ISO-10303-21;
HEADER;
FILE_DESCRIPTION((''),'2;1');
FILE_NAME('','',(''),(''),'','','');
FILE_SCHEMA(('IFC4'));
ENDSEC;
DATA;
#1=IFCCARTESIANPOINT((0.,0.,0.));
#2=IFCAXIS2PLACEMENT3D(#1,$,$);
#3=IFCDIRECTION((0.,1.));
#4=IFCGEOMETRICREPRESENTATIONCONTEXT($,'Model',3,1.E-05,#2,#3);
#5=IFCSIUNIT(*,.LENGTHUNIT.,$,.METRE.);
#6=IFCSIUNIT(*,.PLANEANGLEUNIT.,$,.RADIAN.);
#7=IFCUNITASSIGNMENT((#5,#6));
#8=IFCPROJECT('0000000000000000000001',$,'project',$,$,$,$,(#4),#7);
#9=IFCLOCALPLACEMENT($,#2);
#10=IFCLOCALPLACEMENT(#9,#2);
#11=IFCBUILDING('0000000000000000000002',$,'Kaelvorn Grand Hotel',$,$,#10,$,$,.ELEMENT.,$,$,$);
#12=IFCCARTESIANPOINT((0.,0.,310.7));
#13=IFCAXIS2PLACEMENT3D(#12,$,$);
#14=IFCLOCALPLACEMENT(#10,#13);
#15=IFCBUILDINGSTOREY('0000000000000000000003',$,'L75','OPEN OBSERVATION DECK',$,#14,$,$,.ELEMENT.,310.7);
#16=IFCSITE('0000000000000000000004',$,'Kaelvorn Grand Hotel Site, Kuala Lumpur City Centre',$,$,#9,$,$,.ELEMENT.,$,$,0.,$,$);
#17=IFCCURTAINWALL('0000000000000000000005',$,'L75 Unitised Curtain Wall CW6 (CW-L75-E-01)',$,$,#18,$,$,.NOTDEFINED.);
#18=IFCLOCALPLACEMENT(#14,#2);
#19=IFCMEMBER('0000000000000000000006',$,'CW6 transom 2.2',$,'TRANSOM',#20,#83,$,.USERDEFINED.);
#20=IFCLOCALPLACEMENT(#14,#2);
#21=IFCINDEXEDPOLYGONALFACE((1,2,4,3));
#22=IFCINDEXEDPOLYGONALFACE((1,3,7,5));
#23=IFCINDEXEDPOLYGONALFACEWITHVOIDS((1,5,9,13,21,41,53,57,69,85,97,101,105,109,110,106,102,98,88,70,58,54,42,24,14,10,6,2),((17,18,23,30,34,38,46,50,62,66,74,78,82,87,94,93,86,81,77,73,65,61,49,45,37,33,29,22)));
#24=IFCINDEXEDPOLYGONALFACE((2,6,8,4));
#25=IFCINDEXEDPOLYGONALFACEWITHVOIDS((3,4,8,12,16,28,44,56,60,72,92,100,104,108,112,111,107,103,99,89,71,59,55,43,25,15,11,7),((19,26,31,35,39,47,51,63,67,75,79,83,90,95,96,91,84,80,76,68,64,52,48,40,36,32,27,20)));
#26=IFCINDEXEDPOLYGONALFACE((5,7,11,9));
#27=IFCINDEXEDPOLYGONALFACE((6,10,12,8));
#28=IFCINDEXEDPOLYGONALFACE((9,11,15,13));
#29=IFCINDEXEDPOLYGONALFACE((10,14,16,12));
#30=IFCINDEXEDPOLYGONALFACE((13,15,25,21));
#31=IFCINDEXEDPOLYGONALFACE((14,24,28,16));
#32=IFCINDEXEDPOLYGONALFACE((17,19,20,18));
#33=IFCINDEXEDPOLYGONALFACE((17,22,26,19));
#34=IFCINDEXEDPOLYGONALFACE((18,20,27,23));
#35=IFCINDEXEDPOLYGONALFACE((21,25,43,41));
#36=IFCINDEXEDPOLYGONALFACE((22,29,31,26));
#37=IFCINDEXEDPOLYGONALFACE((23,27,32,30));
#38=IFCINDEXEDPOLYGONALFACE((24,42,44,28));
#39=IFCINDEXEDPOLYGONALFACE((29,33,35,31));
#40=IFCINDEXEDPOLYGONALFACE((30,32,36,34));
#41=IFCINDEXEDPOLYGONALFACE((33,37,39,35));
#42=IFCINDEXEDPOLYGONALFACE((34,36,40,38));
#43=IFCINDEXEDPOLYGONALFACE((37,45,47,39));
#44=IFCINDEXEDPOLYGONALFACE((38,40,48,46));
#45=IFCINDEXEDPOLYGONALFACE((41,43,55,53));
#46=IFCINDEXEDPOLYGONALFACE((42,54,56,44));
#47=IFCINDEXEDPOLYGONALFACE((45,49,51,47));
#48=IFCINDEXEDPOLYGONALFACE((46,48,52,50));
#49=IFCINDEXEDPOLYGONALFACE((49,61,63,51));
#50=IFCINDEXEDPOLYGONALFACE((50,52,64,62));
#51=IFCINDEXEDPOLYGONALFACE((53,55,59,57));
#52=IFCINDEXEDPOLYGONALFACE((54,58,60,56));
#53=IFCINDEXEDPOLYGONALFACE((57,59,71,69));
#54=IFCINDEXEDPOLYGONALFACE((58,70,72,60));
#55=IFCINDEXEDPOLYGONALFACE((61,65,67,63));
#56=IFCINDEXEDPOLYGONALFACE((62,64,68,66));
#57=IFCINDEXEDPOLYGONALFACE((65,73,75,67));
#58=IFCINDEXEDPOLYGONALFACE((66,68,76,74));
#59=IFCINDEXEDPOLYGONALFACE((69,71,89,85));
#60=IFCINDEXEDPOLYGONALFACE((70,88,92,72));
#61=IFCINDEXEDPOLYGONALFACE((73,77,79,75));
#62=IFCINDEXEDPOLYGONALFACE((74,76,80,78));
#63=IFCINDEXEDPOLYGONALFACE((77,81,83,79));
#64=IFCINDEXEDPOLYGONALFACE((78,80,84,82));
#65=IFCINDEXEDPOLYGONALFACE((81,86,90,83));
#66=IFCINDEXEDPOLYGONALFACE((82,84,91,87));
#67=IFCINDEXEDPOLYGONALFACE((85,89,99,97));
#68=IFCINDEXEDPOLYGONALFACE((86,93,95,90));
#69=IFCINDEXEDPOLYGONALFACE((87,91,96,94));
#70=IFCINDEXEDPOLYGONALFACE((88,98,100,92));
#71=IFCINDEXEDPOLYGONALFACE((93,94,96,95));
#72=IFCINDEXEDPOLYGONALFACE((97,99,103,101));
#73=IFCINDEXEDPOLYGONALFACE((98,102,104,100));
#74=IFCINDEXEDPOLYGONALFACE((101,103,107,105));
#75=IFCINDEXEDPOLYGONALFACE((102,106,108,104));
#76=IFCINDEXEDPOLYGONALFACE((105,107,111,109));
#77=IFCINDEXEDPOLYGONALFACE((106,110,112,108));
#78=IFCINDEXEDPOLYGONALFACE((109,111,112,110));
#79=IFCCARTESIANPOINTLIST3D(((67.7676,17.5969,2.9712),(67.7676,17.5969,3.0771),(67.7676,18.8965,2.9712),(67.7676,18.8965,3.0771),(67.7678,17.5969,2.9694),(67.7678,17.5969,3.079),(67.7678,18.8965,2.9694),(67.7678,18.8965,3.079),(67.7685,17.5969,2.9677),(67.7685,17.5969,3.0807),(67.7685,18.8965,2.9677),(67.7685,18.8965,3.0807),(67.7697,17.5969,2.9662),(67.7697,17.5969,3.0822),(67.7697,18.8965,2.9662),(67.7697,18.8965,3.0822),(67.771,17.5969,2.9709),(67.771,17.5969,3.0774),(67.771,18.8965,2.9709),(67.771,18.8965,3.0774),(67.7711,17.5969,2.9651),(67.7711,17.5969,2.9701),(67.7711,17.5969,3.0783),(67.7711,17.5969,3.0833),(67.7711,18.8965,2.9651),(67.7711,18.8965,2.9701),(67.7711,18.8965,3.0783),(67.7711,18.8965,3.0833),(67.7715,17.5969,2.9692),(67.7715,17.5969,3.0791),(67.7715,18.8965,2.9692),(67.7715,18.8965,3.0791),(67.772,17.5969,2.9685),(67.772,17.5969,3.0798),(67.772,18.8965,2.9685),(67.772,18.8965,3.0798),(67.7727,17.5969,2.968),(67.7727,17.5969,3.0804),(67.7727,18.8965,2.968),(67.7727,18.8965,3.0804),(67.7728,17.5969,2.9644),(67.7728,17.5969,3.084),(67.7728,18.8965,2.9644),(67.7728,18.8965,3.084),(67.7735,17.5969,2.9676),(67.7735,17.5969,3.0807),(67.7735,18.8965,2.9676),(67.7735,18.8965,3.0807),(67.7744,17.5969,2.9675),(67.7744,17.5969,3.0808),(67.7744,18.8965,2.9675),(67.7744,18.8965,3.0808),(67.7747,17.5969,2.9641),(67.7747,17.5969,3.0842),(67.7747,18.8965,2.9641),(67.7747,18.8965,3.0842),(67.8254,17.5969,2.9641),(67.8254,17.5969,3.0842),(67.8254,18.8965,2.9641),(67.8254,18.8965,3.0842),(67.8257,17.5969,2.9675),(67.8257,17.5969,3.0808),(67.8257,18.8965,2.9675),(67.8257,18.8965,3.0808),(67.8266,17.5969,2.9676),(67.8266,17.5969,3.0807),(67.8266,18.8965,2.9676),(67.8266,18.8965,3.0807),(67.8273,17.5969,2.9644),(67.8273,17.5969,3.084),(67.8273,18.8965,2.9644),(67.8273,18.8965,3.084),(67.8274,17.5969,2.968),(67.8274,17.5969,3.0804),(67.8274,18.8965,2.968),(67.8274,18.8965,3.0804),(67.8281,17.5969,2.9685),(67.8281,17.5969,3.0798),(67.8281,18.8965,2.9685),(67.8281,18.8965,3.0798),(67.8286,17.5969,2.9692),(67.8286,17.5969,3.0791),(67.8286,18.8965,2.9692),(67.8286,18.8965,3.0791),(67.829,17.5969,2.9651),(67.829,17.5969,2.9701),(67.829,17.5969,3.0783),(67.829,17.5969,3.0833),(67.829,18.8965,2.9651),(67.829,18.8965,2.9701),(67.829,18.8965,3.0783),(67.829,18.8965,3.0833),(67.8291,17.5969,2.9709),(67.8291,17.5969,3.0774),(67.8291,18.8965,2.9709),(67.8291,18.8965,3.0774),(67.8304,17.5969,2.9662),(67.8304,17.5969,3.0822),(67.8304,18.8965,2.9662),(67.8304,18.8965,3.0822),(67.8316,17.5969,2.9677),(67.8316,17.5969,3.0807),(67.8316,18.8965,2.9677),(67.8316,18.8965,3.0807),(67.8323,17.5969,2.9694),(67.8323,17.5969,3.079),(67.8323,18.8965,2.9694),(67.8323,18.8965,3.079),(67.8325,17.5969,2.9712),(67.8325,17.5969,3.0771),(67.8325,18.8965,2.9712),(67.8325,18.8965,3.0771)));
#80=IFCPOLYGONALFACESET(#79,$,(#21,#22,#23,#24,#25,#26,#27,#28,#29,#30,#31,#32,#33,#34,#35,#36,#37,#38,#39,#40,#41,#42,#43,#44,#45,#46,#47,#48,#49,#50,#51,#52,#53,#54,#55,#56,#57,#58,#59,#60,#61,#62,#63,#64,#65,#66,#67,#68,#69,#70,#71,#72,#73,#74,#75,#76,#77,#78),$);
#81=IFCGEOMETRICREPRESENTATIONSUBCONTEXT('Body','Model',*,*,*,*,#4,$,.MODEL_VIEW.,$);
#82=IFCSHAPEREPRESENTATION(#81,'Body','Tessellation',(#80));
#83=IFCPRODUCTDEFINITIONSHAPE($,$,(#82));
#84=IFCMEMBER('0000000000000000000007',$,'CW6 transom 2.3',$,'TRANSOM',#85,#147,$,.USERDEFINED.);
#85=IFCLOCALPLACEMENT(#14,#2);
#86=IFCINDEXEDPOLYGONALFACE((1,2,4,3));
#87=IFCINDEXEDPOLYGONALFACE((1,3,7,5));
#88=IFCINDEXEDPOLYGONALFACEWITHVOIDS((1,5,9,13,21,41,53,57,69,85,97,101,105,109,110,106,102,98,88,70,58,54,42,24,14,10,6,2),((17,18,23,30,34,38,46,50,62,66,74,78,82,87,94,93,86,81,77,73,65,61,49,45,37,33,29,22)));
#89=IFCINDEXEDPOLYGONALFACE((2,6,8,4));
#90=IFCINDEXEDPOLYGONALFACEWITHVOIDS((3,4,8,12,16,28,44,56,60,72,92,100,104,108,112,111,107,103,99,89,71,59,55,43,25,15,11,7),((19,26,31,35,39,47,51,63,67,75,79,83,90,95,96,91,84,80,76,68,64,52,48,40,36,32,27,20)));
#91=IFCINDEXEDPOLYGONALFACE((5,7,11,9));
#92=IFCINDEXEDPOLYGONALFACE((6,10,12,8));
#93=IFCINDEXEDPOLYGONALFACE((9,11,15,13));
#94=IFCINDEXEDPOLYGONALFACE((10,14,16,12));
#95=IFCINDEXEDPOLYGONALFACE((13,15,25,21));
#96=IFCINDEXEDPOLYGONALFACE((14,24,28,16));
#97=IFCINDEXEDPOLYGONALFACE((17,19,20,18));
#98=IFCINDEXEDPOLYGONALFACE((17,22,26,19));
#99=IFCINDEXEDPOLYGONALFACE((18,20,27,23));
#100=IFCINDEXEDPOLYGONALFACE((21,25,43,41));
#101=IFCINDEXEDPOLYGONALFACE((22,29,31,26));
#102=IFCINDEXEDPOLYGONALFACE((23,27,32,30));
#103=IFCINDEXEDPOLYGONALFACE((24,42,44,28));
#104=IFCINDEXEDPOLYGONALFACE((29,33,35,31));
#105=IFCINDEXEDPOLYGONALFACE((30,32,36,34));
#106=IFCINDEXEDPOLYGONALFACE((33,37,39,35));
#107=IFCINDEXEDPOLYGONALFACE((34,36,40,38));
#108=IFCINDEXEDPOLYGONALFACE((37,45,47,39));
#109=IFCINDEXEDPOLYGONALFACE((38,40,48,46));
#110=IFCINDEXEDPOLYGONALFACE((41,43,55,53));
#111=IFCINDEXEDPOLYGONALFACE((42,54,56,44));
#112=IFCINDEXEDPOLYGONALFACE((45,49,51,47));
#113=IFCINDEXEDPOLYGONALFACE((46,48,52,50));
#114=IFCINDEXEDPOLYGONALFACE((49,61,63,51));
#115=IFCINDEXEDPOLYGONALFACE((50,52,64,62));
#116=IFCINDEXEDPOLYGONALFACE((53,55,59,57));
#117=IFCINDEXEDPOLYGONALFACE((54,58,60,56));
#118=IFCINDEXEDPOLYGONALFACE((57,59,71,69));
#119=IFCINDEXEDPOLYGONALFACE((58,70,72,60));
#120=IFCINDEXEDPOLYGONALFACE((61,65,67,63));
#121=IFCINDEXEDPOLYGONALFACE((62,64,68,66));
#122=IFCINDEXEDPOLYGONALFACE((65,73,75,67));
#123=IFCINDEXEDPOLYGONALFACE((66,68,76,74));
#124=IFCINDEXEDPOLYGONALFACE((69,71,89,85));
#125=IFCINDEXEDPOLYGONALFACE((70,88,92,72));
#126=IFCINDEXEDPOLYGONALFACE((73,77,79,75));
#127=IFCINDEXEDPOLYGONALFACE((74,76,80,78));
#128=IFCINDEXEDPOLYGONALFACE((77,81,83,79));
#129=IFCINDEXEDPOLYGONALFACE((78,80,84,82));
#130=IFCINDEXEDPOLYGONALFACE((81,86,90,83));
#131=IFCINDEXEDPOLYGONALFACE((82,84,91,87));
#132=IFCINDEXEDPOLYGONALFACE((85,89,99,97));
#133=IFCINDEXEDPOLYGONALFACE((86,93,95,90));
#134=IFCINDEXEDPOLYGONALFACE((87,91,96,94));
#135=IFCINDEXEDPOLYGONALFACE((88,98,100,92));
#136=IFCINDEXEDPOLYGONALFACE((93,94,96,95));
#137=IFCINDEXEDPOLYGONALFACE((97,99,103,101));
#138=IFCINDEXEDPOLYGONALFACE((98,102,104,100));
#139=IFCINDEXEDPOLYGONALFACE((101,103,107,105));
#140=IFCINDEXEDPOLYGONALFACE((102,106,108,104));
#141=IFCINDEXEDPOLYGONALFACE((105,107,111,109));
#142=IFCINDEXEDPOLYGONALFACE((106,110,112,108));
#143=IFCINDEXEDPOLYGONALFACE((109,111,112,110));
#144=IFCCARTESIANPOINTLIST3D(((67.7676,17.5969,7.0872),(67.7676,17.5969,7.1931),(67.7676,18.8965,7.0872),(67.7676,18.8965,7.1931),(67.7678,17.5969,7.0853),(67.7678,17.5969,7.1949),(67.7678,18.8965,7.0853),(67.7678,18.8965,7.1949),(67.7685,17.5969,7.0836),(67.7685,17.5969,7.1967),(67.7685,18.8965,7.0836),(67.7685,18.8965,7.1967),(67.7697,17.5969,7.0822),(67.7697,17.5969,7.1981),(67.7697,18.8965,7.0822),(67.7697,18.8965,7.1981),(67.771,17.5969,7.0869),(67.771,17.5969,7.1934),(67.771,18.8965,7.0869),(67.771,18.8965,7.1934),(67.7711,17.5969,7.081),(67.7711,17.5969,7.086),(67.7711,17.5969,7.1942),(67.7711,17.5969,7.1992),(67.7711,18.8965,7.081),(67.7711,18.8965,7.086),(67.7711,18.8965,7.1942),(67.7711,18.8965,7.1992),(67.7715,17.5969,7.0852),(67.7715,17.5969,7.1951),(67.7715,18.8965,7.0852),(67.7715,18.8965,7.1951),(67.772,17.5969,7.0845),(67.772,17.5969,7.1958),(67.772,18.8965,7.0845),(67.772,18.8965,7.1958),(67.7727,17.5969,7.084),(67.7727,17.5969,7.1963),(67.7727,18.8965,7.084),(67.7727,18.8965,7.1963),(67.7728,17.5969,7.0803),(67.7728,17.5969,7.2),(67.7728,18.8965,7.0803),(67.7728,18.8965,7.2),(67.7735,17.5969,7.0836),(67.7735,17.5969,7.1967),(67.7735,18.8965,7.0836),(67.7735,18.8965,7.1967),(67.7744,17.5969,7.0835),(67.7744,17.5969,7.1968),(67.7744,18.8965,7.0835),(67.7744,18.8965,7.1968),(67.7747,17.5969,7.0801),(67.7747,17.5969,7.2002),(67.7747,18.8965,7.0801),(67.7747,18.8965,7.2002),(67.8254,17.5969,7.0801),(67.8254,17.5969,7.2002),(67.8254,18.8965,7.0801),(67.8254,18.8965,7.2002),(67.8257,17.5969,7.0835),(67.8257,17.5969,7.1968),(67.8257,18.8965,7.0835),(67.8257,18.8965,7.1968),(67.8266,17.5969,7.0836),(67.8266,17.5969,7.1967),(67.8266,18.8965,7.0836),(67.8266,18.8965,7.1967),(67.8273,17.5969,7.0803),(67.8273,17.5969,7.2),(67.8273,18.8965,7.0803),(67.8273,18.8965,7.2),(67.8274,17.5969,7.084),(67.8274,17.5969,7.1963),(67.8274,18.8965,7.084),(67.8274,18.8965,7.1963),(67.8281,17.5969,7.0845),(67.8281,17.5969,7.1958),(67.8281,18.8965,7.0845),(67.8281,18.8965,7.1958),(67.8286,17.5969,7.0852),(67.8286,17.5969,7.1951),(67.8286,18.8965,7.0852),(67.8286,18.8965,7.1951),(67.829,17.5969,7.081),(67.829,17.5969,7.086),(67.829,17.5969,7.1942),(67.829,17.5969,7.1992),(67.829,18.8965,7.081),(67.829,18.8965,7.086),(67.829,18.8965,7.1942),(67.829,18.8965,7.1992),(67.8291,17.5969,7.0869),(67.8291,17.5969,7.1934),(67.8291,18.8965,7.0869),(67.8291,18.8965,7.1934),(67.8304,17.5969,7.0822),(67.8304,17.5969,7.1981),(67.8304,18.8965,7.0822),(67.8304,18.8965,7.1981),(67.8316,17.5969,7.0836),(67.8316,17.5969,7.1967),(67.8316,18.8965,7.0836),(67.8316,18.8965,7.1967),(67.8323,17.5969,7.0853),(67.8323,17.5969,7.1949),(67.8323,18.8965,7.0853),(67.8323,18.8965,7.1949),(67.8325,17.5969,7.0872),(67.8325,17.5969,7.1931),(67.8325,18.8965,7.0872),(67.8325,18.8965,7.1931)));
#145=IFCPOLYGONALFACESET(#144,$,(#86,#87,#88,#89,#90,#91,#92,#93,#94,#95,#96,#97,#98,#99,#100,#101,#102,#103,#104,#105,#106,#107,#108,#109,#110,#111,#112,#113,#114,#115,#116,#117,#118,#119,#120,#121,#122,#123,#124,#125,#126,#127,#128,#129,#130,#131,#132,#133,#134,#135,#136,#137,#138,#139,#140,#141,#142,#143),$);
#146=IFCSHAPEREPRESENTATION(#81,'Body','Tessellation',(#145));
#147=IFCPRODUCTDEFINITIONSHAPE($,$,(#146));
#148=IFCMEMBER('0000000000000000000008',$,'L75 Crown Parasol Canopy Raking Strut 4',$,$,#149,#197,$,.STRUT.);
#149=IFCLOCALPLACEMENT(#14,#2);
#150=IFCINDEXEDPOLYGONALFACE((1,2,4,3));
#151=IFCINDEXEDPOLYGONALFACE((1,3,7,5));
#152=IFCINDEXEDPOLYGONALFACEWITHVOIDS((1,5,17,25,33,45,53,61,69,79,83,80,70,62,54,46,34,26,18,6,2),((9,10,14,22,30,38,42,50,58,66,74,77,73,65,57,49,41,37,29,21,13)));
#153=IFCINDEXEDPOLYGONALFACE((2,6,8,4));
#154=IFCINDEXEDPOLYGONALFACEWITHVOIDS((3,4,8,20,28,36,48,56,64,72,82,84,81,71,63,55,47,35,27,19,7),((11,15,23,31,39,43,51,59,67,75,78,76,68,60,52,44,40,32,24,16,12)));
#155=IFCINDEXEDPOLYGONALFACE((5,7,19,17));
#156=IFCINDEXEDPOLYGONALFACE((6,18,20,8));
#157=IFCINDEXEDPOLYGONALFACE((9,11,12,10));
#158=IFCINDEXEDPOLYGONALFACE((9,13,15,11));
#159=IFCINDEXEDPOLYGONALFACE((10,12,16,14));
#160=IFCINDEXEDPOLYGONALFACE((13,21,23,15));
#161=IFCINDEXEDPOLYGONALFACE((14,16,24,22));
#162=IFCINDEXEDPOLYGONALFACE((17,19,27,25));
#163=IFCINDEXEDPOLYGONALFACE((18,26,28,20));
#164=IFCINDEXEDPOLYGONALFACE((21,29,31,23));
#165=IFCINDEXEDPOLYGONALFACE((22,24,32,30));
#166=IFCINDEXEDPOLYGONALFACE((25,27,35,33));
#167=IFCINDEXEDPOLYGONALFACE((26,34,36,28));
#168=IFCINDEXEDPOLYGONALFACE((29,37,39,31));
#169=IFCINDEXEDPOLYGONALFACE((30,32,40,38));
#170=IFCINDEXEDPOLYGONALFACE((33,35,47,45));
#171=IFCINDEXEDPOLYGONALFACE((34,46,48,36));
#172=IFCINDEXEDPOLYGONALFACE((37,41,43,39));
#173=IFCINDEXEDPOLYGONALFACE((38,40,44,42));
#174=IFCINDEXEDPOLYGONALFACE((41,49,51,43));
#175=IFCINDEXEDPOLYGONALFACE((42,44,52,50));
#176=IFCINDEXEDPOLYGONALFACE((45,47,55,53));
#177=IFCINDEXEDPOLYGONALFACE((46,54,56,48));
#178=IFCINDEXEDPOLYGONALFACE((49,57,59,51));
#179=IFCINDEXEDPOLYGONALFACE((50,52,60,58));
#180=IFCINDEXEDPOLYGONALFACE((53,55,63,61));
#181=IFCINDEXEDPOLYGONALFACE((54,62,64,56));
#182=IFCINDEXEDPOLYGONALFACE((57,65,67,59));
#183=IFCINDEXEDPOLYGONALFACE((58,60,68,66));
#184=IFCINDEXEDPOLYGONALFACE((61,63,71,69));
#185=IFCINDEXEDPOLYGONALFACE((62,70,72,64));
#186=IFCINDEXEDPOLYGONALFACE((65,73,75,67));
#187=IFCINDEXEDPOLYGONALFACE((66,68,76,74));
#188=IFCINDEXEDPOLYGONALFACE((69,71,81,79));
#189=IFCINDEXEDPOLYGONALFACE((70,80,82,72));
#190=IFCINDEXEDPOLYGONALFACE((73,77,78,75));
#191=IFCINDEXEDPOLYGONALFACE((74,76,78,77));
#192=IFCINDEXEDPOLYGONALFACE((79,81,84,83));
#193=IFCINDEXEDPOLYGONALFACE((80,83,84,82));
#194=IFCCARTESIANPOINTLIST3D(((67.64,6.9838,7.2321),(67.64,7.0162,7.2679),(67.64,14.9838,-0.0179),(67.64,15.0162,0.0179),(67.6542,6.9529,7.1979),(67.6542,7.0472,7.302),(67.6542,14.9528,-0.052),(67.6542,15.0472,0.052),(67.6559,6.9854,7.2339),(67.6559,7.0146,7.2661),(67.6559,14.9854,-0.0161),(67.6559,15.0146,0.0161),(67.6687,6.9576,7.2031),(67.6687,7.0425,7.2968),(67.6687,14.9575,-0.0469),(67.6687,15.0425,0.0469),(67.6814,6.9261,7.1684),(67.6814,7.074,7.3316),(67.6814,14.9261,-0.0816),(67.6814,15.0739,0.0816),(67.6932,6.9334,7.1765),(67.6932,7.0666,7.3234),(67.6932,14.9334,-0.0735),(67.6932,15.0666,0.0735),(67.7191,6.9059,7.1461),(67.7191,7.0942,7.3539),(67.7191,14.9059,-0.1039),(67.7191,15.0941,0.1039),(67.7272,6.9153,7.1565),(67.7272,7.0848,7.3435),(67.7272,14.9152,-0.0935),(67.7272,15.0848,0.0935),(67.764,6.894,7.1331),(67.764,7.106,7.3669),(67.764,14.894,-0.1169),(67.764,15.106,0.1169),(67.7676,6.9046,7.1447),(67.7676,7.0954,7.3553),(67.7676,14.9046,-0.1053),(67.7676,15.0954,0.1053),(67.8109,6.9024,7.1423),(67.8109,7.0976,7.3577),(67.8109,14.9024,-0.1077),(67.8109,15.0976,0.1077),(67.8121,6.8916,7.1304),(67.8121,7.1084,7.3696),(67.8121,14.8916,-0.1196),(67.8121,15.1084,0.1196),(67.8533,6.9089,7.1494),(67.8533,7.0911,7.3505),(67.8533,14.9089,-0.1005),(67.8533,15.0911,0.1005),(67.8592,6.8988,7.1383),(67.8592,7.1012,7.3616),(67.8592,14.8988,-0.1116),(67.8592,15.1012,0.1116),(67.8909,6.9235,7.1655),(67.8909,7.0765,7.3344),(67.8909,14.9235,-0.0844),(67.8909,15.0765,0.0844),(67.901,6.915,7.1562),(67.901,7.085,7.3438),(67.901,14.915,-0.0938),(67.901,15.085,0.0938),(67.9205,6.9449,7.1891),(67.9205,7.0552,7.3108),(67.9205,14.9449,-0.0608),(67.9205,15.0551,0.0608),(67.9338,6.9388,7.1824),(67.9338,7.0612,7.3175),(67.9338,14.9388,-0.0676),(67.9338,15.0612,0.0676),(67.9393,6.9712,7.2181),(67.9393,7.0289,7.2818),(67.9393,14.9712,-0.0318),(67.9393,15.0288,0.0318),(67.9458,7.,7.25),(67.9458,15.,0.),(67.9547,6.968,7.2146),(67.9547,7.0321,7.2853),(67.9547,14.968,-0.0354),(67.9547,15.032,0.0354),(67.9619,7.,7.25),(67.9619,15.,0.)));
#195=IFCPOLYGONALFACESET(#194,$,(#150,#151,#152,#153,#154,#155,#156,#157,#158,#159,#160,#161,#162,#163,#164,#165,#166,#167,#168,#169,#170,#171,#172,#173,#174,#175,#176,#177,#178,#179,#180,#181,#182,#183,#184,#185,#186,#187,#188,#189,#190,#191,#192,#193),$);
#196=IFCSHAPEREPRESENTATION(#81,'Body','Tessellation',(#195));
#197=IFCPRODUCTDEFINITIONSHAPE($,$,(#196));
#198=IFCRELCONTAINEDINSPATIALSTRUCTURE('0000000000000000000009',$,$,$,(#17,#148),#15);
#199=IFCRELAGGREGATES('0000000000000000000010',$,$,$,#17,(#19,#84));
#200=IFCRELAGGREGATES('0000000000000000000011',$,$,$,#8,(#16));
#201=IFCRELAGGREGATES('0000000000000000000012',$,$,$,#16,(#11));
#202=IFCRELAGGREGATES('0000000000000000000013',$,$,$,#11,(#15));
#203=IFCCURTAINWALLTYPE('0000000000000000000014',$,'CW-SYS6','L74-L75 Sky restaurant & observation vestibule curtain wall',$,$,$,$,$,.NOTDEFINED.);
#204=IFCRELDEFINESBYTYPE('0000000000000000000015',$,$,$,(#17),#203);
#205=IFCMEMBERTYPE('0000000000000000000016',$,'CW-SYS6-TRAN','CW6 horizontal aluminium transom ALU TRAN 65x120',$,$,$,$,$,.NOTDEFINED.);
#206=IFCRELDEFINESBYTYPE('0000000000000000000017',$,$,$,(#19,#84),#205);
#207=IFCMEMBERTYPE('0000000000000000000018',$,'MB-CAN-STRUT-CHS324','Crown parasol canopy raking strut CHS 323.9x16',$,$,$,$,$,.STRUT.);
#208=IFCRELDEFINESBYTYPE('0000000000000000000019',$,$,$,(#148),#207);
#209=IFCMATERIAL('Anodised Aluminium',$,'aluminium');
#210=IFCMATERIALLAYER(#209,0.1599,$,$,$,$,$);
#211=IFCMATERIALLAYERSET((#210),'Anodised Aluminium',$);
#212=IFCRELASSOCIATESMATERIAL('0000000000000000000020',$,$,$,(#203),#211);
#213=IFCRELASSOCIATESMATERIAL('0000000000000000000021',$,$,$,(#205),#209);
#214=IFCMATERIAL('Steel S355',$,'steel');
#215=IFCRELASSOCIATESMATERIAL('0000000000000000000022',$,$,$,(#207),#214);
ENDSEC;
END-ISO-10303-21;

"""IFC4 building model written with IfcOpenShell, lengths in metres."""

from ifc_helpers import new_model, si_unit, direction, frame, origin, origin_2d, place, context, subcontext, project, spatial, hollow_rectangle, hollow_circle, extrude, material, layer, layer_set, material_profile, profile_set, type_object, element, aggregate, save


model = new_model("IFC4")

# Units and contexts
model_context = context("Model", 3, precision=1e-05, world=origin(), true_north=direction((0.0, 1.0)))
body_context = subcontext(model_context, "Body", "Model", "MODEL_VIEW")
ifc_project = project(units=[si_unit("LENGTHUNIT", "METRE"), si_unit("PLANEANGLEUNIT", "RADIAN")], contexts=[model_context])

# Site, building, storey
site_placement = place(None, origin())
site = spatial("IfcSite", under=ifc_project, at=site_placement, Name="Kaelvorn Grand Hotel Site, Kuala Lumpur City Centre", CompositionType="ELEMENT", RefElevation=0.0)
building_placement = place(site_placement, origin())
building = spatial("IfcBuilding", under=site, at=building_placement, Name="Kaelvorn Grand Hotel", CompositionType="ELEMENT")
storey_placement = place(building_placement, frame((0.0, 0.0, 310.7)))
storey = spatial("IfcBuildingStorey", under=building, at=storey_placement, Name="L75", Description="OPEN OBSERVATION DECK", CompositionType="ELEMENT", Elevation=310.7)

# Shared definitions
ifc_material_1 = material(Name="Steel S355", Category="steel")

# Curtain wall, members
ifc_material_2 = material(Name="Anodised Aluminium", Category="aluminium")
ifc_layer_1 = layer(ifc_material_2, 0.1599)
ifc_layer_set_1 = layer_set([ifc_layer_1], Name="Anodised Aluminium")
curtain_wall_type = type_object("IfcCurtainWallType", Name="CW-SYS6", Description="L74-L75 Sky restaurant & observation vestibule curtain wall", PredefinedType="NOTDEFINED", material=ifc_layer_set_1)
curtain_wall_placement = place(storey_placement, origin())
curtain_wall = element("IfcCurtainWall", 1, at=curtain_wall_placement, inside=storey, type_object=curtain_wall_type, Name="L75 Unitised Curtain Wall CW6 (CW-L75-E-01)", PredefinedType="NOTDEFINED")
ifc_material_profile_1 = material_profile(ifc_material_2, hollow_rectangle(XDim=0.0649, YDim=0.1201, WallThickness=0.0034, InnerFilletRadius=0.0034, OuterFilletRadius=0.0071, at=origin_2d()), Name="ALU TRAN 65x120")
ifc_profile_set_1 = profile_set([ifc_material_profile_1], Name="Anodised Aluminium")
member_type_1 = type_object("IfcMemberType", Name="CW-SYS6-TRAN", Description="CW6 horizontal aluminium transom ALU TRAN 65x120", PredefinedType="NOTDEFINED", material=ifc_profile_set_1)
member_1_placement = place(storey_placement, frame((67.8, 17.5969, 3.0242), z_axis=(0.0, 1.0, 0.0), x_axis=(-1.0, 0.0, 0.0)))
member_1 = element("IfcMember", 2, at=member_1_placement, type_object=member_type_1, Name="CW6 transom 2.2", ObjectType="TRANSOM", PredefinedType="USERDEFINED", context=body_context, shape_type="SweptSolid", body=[
    extrude(hollow_rectangle(XDim=0.0649, YDim=0.1201, WallThickness=0.0034, InnerFilletRadius=0.0034, OuterFilletRadius=0.0071, at=origin_2d()), origin(), (0.0, 0.0, 1.0), 1.2996),
])
member_2_placement = place(storey_placement, frame((67.8, 17.5969, 7.1401), z_axis=(0.0, 1.0, 0.0), x_axis=(-1.0, 0.0, 0.0)))
member_2 = element("IfcMember", 3, at=member_2_placement, type_object=member_type_1, Name="CW6 transom 2.3", ObjectType="TRANSOM", PredefinedType="USERDEFINED", context=body_context, shape_type="SweptSolid", body=[
    extrude(hollow_rectangle(XDim=0.0649, YDim=0.1201, WallThickness=0.0034, InnerFilletRadius=0.0034, OuterFilletRadius=0.0071, at=origin_2d()), origin(), (0.0, 0.0, 1.0), 1.2996),
])

# Member
ifc_material_profile_2 = material_profile(ifc_material_1, hollow_circle(Radius=0.1619, WallThickness=0.0161, at=origin_2d()), Name="CHS 323.9x16.0")
ifc_profile_set_2 = profile_set([ifc_material_profile_2], Name="Steel S355")
member_type_2 = type_object("IfcMemberType", Name="MB-CAN-STRUT-CHS324", Description="Crown parasol canopy raking strut CHS 323.9x16", PredefinedType="STRUT", material=ifc_profile_set_2)
member_3_placement = place(storey_placement, frame((67.8, 15.0, 0.0), z_axis=(0.0, -0.740987, 0.671519), x_axis=(1.0, 0.0, 0.0)))
element("IfcMember", 4, at=member_3_placement, inside=storey, type_object=member_type_2, Name="L75 Crown Parasol Canopy Raking Strut 4", PredefinedType="STRUT", context=body_context, shape_type="SweptSolid", body=[
    extrude(hollow_circle(Radius=0.1619, WallThickness=0.0161, at=origin_2d()), origin(), (0.0, 0.0, 1.0), 10.7964),
])

aggregate(curtain_wall, [member_1, member_2])

save(model, "model.ifc")
